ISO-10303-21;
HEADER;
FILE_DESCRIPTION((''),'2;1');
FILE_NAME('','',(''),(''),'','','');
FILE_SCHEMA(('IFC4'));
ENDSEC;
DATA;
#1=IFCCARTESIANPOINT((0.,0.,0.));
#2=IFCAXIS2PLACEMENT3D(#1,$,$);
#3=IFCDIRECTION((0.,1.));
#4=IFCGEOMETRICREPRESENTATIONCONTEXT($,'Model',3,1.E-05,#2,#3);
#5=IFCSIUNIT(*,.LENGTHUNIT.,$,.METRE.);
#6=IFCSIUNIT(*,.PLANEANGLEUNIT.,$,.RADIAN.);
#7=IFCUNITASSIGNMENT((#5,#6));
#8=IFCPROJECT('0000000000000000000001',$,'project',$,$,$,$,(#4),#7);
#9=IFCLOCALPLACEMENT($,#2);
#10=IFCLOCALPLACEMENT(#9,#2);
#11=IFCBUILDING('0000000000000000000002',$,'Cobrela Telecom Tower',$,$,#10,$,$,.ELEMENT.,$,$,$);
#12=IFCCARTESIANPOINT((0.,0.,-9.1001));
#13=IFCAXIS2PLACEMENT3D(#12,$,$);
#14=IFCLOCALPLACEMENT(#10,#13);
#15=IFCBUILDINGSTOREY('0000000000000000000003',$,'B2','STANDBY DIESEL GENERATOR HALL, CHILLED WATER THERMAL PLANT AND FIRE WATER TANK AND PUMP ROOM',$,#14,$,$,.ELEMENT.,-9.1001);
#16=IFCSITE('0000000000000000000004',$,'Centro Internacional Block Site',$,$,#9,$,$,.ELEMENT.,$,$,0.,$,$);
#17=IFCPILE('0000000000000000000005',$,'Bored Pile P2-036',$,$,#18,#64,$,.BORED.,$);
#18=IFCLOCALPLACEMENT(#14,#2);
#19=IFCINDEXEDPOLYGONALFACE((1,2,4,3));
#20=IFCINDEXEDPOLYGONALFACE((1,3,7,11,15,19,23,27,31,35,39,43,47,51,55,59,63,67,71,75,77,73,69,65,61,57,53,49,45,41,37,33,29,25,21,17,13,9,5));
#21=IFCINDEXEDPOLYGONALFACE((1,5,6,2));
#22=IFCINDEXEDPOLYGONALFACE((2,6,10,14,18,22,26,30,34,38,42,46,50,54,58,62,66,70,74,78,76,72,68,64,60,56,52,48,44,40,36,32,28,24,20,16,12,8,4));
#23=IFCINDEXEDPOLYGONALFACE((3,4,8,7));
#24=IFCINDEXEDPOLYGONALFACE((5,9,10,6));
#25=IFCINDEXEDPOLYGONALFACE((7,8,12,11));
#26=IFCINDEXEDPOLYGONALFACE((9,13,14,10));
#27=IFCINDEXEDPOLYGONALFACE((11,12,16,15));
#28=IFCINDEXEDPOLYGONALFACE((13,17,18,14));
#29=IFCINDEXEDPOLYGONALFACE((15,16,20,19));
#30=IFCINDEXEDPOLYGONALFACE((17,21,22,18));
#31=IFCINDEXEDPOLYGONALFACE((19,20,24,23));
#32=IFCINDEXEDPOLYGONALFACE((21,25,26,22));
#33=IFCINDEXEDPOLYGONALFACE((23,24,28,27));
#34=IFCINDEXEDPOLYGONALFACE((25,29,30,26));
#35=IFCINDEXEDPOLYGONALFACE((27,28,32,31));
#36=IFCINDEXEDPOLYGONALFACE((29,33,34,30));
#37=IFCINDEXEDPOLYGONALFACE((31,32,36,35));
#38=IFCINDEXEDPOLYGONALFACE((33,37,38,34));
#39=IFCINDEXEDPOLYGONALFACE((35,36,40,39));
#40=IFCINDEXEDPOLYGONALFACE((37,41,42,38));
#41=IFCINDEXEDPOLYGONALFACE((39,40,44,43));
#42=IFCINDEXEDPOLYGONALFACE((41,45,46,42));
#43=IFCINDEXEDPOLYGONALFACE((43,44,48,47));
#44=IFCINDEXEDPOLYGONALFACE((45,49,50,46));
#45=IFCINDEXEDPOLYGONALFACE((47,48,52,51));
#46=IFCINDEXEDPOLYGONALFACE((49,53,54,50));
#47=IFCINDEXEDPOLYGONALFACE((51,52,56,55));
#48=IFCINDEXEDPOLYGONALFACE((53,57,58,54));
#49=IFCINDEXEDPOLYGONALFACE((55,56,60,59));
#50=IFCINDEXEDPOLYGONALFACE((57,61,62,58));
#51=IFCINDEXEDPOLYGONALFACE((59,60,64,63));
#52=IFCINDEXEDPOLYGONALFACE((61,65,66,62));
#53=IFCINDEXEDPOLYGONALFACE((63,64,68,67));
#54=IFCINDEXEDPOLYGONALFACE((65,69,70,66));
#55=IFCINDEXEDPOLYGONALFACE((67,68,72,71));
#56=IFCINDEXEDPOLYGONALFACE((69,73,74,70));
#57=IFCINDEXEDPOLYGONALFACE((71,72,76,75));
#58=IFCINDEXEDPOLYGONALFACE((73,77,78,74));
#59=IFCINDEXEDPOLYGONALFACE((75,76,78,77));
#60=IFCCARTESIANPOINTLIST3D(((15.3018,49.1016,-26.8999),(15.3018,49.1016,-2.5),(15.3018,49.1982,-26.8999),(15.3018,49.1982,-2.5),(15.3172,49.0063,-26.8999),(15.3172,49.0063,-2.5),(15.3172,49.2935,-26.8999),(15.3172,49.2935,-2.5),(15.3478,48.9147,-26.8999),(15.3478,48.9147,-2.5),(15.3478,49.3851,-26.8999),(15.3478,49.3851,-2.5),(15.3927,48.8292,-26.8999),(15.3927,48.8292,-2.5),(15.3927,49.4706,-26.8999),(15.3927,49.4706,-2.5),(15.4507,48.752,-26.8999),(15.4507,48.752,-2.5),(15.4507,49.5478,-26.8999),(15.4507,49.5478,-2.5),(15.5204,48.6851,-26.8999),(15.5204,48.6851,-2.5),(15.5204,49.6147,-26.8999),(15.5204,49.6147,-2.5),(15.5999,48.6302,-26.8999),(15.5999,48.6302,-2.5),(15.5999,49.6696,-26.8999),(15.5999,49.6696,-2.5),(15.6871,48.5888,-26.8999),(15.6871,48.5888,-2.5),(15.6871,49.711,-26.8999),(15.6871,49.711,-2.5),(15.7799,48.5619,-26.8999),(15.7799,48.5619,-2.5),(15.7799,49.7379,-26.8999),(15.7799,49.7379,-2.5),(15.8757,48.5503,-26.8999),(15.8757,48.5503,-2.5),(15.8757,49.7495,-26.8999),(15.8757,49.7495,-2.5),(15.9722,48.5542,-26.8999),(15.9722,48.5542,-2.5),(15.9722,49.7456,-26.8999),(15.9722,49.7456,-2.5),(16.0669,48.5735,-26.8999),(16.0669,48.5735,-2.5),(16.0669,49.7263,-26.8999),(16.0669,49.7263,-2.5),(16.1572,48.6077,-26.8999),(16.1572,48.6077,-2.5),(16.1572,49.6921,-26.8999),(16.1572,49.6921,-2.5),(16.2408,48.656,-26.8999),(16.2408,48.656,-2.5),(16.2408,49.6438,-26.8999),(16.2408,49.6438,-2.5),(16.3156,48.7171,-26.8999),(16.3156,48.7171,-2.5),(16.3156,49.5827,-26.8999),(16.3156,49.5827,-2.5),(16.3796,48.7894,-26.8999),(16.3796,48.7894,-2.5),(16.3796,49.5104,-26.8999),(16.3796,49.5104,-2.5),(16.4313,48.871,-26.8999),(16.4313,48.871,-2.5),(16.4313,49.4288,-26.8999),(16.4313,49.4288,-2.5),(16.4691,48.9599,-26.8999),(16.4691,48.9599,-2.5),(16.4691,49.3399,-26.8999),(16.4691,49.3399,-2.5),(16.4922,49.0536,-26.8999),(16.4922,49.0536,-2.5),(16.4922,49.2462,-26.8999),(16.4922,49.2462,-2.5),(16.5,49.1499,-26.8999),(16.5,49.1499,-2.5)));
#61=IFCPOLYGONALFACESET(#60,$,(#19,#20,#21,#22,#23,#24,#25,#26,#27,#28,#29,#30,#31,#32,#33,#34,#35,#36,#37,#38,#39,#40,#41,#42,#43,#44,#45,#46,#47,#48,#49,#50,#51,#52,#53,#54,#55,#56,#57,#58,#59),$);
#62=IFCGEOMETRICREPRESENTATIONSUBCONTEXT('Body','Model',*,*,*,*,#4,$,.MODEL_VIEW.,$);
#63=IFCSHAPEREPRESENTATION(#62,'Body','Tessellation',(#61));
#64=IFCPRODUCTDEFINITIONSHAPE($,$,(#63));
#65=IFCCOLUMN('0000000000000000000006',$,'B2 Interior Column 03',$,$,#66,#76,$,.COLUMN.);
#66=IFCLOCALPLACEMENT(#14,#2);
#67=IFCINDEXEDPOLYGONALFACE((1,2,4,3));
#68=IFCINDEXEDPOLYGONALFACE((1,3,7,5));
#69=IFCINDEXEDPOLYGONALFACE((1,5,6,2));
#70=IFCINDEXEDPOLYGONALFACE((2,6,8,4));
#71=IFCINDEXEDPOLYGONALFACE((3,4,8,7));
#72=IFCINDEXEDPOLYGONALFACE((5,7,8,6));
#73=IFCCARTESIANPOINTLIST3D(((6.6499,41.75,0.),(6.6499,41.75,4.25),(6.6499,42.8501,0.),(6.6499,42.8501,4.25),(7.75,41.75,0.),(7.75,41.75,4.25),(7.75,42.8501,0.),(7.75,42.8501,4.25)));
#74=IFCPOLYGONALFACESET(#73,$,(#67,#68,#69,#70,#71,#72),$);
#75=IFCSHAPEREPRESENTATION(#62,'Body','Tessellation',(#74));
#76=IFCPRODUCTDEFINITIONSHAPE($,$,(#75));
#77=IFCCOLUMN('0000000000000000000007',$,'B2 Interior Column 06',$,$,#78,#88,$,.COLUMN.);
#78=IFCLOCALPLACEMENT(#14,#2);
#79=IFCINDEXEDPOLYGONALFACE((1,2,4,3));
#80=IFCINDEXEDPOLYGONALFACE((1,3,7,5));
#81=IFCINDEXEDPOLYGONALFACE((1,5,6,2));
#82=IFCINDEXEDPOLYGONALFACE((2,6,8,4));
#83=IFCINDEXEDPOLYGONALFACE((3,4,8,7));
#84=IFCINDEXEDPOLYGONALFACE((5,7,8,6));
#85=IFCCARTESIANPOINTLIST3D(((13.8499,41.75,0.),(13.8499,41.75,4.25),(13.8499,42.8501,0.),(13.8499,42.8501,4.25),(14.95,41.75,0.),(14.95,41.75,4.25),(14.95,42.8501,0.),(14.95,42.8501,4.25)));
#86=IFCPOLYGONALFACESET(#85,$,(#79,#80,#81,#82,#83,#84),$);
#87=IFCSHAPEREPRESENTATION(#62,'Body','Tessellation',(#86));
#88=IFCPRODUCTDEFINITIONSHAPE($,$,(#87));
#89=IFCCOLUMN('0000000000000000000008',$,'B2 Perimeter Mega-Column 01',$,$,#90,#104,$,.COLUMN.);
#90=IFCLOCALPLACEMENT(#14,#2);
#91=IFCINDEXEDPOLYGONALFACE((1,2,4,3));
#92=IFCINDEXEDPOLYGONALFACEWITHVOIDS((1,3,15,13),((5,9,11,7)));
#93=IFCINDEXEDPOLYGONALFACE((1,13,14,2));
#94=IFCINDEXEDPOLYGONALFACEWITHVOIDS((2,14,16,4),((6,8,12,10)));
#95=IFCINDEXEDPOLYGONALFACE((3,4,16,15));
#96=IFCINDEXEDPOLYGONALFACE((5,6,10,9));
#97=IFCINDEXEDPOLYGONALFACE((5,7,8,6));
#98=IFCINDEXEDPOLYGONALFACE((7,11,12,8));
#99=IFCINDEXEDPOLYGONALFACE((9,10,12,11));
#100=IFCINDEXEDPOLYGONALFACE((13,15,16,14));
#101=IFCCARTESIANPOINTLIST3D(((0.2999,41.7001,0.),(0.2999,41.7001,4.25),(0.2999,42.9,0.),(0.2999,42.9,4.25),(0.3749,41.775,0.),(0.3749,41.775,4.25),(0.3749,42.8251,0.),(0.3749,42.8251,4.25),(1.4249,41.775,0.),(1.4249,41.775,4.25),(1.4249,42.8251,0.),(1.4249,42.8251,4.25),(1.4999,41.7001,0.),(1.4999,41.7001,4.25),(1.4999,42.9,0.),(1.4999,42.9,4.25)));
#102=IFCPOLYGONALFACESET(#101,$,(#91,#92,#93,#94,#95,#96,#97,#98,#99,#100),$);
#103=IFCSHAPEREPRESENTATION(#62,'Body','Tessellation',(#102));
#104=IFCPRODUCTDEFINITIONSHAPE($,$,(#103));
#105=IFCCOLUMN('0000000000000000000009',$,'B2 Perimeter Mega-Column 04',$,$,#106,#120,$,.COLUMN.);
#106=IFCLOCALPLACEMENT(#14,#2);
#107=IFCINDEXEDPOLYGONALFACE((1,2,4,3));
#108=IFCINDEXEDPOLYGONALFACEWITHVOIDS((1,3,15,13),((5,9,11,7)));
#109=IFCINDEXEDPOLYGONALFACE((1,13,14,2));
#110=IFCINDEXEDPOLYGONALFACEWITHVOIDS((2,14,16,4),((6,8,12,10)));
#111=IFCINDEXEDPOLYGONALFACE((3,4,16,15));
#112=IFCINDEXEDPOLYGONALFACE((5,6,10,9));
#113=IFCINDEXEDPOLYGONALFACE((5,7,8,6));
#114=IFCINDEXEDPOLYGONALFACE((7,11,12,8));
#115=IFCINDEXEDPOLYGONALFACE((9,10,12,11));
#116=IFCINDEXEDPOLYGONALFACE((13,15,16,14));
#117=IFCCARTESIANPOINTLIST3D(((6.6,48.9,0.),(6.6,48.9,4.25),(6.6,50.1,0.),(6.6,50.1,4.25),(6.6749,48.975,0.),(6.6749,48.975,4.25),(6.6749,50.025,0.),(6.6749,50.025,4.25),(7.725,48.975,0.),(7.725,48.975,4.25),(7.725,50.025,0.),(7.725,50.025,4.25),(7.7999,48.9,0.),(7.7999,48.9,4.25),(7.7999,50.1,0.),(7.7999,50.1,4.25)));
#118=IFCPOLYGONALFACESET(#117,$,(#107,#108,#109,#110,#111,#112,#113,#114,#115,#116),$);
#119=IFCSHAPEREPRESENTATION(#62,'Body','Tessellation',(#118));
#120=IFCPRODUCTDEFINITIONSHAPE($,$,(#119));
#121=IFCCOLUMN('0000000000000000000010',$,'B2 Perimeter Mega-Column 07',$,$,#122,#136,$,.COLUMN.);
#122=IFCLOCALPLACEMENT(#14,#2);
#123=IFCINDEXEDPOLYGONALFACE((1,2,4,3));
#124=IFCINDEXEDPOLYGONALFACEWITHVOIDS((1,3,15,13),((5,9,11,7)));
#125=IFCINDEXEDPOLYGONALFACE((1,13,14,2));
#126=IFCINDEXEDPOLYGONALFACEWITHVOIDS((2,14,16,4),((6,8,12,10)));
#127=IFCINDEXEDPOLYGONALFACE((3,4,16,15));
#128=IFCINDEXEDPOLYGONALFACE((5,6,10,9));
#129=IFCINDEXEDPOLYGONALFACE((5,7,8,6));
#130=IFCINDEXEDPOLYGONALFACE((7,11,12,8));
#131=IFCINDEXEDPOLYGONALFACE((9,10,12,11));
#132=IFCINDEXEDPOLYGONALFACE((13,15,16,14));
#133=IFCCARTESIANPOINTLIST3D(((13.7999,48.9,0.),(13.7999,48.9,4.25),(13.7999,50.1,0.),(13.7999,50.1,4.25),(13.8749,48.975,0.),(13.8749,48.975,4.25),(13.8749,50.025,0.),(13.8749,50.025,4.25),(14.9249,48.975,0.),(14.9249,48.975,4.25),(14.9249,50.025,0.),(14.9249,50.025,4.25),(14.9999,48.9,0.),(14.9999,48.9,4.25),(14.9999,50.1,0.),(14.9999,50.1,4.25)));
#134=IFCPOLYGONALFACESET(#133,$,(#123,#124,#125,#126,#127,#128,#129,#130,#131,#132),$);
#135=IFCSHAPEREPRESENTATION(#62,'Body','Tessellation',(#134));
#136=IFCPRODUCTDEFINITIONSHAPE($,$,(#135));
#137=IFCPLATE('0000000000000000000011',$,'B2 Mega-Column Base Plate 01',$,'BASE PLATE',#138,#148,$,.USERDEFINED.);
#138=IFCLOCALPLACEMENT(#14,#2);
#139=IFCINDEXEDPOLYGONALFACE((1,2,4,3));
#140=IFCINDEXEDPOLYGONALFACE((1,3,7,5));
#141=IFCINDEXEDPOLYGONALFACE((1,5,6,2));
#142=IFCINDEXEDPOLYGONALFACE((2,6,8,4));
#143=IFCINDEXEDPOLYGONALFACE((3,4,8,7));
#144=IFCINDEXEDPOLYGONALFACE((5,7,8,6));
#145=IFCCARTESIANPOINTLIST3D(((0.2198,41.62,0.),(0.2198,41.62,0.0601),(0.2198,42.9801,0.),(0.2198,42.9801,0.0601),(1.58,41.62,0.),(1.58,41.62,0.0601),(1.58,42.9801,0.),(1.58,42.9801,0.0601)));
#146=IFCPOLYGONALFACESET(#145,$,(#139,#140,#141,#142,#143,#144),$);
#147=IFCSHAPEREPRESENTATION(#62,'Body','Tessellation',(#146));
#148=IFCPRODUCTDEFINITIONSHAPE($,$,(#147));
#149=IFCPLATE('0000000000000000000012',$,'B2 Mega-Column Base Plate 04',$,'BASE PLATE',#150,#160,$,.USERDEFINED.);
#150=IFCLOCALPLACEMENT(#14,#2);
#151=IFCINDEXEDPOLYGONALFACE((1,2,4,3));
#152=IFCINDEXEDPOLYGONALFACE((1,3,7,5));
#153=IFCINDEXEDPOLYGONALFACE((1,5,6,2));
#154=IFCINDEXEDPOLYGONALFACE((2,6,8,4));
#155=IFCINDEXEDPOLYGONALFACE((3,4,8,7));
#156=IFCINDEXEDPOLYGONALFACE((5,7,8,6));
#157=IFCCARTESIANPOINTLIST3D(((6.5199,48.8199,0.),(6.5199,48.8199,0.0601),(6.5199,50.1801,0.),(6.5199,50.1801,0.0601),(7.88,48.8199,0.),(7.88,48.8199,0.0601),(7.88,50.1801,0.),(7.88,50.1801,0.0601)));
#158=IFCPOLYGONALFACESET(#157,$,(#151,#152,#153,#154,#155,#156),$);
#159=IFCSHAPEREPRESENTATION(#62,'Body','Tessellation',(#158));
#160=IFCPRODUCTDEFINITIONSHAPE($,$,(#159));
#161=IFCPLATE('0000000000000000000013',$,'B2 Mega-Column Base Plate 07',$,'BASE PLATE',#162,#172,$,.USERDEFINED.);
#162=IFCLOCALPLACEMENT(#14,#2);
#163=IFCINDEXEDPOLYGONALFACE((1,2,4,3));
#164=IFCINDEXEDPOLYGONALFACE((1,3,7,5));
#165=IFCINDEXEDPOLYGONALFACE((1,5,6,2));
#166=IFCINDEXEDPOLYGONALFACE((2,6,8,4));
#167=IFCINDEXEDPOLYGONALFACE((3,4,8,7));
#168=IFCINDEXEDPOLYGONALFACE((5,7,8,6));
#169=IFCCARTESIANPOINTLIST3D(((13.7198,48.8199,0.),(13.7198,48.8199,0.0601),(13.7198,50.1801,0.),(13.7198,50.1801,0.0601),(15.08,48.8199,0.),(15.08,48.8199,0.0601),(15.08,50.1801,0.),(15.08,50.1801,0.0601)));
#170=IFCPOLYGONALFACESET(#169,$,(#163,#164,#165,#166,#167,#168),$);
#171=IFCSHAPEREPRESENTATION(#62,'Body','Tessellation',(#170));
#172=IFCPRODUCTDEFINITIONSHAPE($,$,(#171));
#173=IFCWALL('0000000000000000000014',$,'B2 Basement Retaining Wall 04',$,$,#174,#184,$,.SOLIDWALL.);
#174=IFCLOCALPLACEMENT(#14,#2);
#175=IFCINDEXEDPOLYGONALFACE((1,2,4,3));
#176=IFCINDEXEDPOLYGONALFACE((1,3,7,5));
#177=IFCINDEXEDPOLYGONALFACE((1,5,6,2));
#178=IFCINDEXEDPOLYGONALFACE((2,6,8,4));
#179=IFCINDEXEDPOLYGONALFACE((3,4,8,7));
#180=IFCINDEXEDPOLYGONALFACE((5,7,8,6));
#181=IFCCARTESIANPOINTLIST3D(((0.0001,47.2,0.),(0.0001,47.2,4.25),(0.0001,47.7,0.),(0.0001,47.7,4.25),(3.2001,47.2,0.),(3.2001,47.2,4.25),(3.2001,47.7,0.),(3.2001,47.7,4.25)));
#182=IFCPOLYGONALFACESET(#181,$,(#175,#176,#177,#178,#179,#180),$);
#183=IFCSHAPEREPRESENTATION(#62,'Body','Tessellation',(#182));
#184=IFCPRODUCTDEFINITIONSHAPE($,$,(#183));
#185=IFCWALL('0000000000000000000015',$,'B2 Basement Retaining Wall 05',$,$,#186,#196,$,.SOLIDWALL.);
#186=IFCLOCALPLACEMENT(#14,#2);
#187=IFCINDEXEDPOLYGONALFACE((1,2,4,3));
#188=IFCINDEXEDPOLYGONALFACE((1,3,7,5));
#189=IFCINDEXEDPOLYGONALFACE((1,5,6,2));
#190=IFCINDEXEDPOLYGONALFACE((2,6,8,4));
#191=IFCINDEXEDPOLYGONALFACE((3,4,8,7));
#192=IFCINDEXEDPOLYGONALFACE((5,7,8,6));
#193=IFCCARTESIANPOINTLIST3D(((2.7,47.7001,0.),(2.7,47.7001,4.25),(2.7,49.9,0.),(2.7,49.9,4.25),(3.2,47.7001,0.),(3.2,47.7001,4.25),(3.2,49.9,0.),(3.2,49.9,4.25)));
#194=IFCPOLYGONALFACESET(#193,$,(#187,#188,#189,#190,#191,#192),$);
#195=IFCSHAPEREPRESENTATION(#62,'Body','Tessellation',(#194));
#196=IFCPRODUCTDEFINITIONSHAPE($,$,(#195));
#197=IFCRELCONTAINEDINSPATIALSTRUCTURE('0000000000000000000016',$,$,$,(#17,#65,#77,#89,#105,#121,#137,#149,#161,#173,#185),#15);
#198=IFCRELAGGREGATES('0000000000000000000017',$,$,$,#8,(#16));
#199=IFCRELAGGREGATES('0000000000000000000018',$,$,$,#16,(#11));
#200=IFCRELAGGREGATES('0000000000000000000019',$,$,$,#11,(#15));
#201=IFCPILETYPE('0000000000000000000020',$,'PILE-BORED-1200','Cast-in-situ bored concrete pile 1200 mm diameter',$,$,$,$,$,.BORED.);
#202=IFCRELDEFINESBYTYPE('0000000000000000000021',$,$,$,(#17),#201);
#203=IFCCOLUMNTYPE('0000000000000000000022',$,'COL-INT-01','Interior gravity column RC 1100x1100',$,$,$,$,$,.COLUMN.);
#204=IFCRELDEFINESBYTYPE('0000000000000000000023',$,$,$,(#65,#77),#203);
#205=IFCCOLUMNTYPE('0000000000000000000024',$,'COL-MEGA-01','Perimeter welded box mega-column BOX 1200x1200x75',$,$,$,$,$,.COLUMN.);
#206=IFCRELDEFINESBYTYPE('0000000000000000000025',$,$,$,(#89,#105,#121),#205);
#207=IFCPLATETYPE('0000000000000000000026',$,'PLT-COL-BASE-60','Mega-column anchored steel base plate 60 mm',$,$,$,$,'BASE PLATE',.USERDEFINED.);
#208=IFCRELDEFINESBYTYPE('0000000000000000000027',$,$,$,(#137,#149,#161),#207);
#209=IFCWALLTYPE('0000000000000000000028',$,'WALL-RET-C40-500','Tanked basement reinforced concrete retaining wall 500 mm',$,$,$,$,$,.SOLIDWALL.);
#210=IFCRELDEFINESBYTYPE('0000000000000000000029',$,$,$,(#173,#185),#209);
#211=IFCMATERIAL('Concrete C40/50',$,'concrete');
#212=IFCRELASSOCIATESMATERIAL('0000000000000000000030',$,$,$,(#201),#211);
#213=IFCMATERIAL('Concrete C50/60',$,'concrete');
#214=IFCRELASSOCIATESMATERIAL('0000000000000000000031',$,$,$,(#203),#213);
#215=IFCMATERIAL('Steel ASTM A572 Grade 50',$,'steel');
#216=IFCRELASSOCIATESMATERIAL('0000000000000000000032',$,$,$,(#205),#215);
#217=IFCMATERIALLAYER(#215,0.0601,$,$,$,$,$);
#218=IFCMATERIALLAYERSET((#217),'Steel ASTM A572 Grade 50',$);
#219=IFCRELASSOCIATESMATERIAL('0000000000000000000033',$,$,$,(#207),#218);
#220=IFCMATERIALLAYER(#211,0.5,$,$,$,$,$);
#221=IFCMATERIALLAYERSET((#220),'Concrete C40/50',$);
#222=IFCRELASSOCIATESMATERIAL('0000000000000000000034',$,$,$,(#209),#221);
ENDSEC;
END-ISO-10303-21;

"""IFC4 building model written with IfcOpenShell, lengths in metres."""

from ifc_helpers import new_model, si_unit, direction, frame, frame_2d, origin, origin_2d, place, context, subcontext, project, spatial, rectangle, hollow_rectangle, circle, extrude, material, layer, layer_set, material_profile, profile_set, type_object, element, save


model = new_model("IFC4")

# Units and contexts
model_context = context("Model", 3, precision=1e-05, world=origin(), true_north=direction((0.0, 1.0)))
body_context = subcontext(model_context, "Body", "Model", "MODEL_VIEW")
ifc_project = project(units=[si_unit("LENGTHUNIT", "METRE"), si_unit("PLANEANGLEUNIT", "RADIAN")], contexts=[model_context])

# Site, building, storey
site_placement = place(None, origin())
site = spatial("IfcSite", under=ifc_project, at=site_placement, Name="Centro Internacional Block Site", CompositionType="ELEMENT", RefElevation=0.0)
building_placement = place(site_placement, origin())
building = spatial("IfcBuilding", under=site, at=building_placement, Name="Cobrela Telecom Tower", CompositionType="ELEMENT")
storey_placement = place(building_placement, frame((0.0, 0.0, -9.1001)))
storey = spatial("IfcBuildingStorey", under=building, at=storey_placement, Name="B2", Description="STANDBY DIESEL GENERATOR HALL, CHILLED WATER THERMAL PLANT AND FIRE WATER TANK AND PUMP ROOM", CompositionType="ELEMENT", Elevation=-9.1001)

# Shared definitions
ifc_material_1 = material(Name="Concrete C40/50", Category="concrete")

# Pile
ifc_material_profile_1 = material_profile(ifc_material_1, circle(Radius=0.6001, at=origin_2d()), Name="BORED PILE D1200")
ifc_profile_set_1 = profile_set([ifc_material_profile_1], Name="Concrete C40/50")
pile_type = type_object("IfcPileType", Name="PILE-BORED-1200", Description="Cast-in-situ bored concrete pile 1200 mm diameter", PredefinedType="BORED", material=ifc_profile_set_1)
for number, where, z_axis, x_axis, name in (
    (1, (15.8999, 49.1499, -2.5), (0.0, 0.0, -1.0), (1.0, 0.0, 0.0), "Bored Pile P2-036"),
):
    element("IfcPile", number, at=place(storey_placement, frame(where, z_axis=z_axis, x_axis=x_axis)), inside=storey, type_object=pile_type, Name=name, PredefinedType="BORED", context=body_context, shape_type="SweptSolid", body=[
        extrude(circle(Radius=0.6001, at=origin_2d()), origin(), (0.0, 0.0, 1.0), 24.3999),
    ])

# Columns
ifc_material_2 = material(Name="Concrete C50/60", Category="concrete")
ifc_material_profile_2 = material_profile(ifc_material_2, rectangle(XDim=1.1001, YDim=1.1001, at=origin_2d()), Name="RC 1100x1100")
ifc_profile_set_2 = profile_set([ifc_material_profile_2], Name="Concrete C50/60")
column_type_1 = type_object("IfcColumnType", Name="COL-INT-01", Description="Interior gravity column RC 1100x1100", PredefinedType="COLUMN", material=ifc_profile_set_2)
for number, where, z_axis, x_axis, name in (
    (2, (7.2, 42.3, 0.0), (0.0, 0.0, 1.0), (1.0, 0.0, 0.0), "B2 Interior Column 03"),
    (3, (14.3999, 42.3, 0.0), (0.0, 0.0, 1.0), (1.0, 0.0, 0.0), "B2 Interior Column 06"),
):
    element("IfcColumn", number, at=place(storey_placement, frame(where, z_axis=z_axis, x_axis=x_axis)), inside=storey, type_object=column_type_1, Name=name, PredefinedType="COLUMN", context=body_context, shape_type="SweptSolid", body=[
        extrude(rectangle(XDim=1.1001, YDim=1.1001, at=origin_2d()), origin(), (0.0, 0.0, 1.0), 4.25),
    ])
ifc_material_3 = material(Name="Steel ASTM A572 Grade 50", Category="steel")
ifc_material_profile_3 = material_profile(ifc_material_3, hollow_rectangle(XDim=1.2, YDim=1.2, WallThickness=0.075, at=origin_2d()), Name="BOX 1200x1200x75")
ifc_profile_set_3 = profile_set([ifc_material_profile_3], Name="Steel ASTM A572 Grade 50")
column_type_2 = type_object("IfcColumnType", Name="COL-MEGA-01", Description="Perimeter welded box mega-column BOX 1200x1200x75", PredefinedType="COLUMN", material=ifc_profile_set_3)
for number, where, z_axis, x_axis, name in (
    (4, (0.8999, 42.3, 0.0), (0.0, 0.0, 1.0), (1.0, 0.0, 0.0), "B2 Perimeter Mega-Column 01"),
    (5, (7.2, 49.5, 0.0), (0.0, 0.0, 1.0), (1.0, 0.0, 0.0), "B2 Perimeter Mega-Column 04"),
    (6, (14.3999, 49.5, 0.0), (0.0, 0.0, 1.0), (1.0, 0.0, 0.0), "B2 Perimeter Mega-Column 07"),
):
    element("IfcColumn", number, at=place(storey_placement, frame(where, z_axis=z_axis, x_axis=x_axis)), inside=storey, type_object=column_type_2, Name=name, PredefinedType="COLUMN", context=body_context, shape_type="SweptSolid", body=[
        extrude(hollow_rectangle(XDim=1.2, YDim=1.2, WallThickness=0.075, at=origin_2d()), origin(), (0.0, 0.0, 1.0), 4.25),
    ])

# Plates
ifc_layer_1 = layer(ifc_material_3, 0.0601)
ifc_layer_set_1 = layer_set([ifc_layer_1], Name="Steel ASTM A572 Grade 50")
plate_type = type_object("IfcPlateType", Name="PLT-COL-BASE-60", Description="Mega-column anchored steel base plate 60 mm", ElementType="BASE PLATE", PredefinedType="USERDEFINED", material=ifc_layer_set_1)
for number, where, z_axis, x_axis, name in (
    (7, (0.8999, 42.3, 0.0), (0.0, 0.0, 1.0), (1.0, 0.0, 0.0), "B2 Mega-Column Base Plate 01"),
    (8, (7.2, 49.5, 0.0), (0.0, 0.0, 1.0), (1.0, 0.0, 0.0), "B2 Mega-Column Base Plate 04"),
    (9, (14.3999, 49.5, 0.0), (0.0, 0.0, 1.0), (1.0, 0.0, 0.0), "B2 Mega-Column Base Plate 07"),
):
    element("IfcPlate", number, at=place(storey_placement, frame(where, z_axis=z_axis, x_axis=x_axis)), inside=storey, type_object=plate_type, Name=name, ObjectType="BASE PLATE", PredefinedType="USERDEFINED", context=body_context, shape_type="SweptSolid", body=[
        extrude(rectangle(XDim=1.3601, YDim=1.3601, at=origin_2d()), origin(), (0.0, 0.0, 1.0), 0.0601),
    ])

# Walls
ifc_layer_2 = layer(ifc_material_1, 0.5)
ifc_layer_set_2 = layer_set([ifc_layer_2], Name="Concrete C40/50")
wall_type_1 = type_object("IfcWallType", Name="WALL-RET-C40-500", Description="Tanked basement reinforced concrete retaining wall 500 mm", PredefinedType="SOLIDWALL", material=ifc_layer_set_2)
wall_1_placement = place(storey_placement, frame((0.0, 47.45, 0.0), z_axis=(0.0, 0.0, 1.0), x_axis=(1.0, 0.0, 0.0)))
element("IfcWall", 10, at=wall_1_placement, inside=storey, type_object=wall_type_1, Name="B2 Basement Retaining Wall 04", PredefinedType="SOLIDWALL", context=body_context, shape_type="SweptSolid", body=[
    extrude(rectangle(XDim=3.2, YDim=0.5, at=frame_2d((1.6001, 0.0))), origin(), (0.0, 0.0, 1.0), 4.25),
])
wall_2_placement = place(storey_placement, frame((2.95, 47.7, 0.0), z_axis=(0.0, 0.0, 1.0), x_axis=(0.0, 1.0, 0.0)))
element("IfcWall", 11, at=wall_2_placement, inside=storey, type_object=wall_type_1, Name="B2 Basement Retaining Wall 05", PredefinedType="SOLIDWALL", context=body_context, shape_type="SweptSolid", body=[
    extrude(rectangle(XDim=2.2, YDim=0.5, at=frame_2d((1.1001, 0.0))), origin(), (0.0, 0.0, 1.0), 4.25),
])

save(model, "model.ifc")
